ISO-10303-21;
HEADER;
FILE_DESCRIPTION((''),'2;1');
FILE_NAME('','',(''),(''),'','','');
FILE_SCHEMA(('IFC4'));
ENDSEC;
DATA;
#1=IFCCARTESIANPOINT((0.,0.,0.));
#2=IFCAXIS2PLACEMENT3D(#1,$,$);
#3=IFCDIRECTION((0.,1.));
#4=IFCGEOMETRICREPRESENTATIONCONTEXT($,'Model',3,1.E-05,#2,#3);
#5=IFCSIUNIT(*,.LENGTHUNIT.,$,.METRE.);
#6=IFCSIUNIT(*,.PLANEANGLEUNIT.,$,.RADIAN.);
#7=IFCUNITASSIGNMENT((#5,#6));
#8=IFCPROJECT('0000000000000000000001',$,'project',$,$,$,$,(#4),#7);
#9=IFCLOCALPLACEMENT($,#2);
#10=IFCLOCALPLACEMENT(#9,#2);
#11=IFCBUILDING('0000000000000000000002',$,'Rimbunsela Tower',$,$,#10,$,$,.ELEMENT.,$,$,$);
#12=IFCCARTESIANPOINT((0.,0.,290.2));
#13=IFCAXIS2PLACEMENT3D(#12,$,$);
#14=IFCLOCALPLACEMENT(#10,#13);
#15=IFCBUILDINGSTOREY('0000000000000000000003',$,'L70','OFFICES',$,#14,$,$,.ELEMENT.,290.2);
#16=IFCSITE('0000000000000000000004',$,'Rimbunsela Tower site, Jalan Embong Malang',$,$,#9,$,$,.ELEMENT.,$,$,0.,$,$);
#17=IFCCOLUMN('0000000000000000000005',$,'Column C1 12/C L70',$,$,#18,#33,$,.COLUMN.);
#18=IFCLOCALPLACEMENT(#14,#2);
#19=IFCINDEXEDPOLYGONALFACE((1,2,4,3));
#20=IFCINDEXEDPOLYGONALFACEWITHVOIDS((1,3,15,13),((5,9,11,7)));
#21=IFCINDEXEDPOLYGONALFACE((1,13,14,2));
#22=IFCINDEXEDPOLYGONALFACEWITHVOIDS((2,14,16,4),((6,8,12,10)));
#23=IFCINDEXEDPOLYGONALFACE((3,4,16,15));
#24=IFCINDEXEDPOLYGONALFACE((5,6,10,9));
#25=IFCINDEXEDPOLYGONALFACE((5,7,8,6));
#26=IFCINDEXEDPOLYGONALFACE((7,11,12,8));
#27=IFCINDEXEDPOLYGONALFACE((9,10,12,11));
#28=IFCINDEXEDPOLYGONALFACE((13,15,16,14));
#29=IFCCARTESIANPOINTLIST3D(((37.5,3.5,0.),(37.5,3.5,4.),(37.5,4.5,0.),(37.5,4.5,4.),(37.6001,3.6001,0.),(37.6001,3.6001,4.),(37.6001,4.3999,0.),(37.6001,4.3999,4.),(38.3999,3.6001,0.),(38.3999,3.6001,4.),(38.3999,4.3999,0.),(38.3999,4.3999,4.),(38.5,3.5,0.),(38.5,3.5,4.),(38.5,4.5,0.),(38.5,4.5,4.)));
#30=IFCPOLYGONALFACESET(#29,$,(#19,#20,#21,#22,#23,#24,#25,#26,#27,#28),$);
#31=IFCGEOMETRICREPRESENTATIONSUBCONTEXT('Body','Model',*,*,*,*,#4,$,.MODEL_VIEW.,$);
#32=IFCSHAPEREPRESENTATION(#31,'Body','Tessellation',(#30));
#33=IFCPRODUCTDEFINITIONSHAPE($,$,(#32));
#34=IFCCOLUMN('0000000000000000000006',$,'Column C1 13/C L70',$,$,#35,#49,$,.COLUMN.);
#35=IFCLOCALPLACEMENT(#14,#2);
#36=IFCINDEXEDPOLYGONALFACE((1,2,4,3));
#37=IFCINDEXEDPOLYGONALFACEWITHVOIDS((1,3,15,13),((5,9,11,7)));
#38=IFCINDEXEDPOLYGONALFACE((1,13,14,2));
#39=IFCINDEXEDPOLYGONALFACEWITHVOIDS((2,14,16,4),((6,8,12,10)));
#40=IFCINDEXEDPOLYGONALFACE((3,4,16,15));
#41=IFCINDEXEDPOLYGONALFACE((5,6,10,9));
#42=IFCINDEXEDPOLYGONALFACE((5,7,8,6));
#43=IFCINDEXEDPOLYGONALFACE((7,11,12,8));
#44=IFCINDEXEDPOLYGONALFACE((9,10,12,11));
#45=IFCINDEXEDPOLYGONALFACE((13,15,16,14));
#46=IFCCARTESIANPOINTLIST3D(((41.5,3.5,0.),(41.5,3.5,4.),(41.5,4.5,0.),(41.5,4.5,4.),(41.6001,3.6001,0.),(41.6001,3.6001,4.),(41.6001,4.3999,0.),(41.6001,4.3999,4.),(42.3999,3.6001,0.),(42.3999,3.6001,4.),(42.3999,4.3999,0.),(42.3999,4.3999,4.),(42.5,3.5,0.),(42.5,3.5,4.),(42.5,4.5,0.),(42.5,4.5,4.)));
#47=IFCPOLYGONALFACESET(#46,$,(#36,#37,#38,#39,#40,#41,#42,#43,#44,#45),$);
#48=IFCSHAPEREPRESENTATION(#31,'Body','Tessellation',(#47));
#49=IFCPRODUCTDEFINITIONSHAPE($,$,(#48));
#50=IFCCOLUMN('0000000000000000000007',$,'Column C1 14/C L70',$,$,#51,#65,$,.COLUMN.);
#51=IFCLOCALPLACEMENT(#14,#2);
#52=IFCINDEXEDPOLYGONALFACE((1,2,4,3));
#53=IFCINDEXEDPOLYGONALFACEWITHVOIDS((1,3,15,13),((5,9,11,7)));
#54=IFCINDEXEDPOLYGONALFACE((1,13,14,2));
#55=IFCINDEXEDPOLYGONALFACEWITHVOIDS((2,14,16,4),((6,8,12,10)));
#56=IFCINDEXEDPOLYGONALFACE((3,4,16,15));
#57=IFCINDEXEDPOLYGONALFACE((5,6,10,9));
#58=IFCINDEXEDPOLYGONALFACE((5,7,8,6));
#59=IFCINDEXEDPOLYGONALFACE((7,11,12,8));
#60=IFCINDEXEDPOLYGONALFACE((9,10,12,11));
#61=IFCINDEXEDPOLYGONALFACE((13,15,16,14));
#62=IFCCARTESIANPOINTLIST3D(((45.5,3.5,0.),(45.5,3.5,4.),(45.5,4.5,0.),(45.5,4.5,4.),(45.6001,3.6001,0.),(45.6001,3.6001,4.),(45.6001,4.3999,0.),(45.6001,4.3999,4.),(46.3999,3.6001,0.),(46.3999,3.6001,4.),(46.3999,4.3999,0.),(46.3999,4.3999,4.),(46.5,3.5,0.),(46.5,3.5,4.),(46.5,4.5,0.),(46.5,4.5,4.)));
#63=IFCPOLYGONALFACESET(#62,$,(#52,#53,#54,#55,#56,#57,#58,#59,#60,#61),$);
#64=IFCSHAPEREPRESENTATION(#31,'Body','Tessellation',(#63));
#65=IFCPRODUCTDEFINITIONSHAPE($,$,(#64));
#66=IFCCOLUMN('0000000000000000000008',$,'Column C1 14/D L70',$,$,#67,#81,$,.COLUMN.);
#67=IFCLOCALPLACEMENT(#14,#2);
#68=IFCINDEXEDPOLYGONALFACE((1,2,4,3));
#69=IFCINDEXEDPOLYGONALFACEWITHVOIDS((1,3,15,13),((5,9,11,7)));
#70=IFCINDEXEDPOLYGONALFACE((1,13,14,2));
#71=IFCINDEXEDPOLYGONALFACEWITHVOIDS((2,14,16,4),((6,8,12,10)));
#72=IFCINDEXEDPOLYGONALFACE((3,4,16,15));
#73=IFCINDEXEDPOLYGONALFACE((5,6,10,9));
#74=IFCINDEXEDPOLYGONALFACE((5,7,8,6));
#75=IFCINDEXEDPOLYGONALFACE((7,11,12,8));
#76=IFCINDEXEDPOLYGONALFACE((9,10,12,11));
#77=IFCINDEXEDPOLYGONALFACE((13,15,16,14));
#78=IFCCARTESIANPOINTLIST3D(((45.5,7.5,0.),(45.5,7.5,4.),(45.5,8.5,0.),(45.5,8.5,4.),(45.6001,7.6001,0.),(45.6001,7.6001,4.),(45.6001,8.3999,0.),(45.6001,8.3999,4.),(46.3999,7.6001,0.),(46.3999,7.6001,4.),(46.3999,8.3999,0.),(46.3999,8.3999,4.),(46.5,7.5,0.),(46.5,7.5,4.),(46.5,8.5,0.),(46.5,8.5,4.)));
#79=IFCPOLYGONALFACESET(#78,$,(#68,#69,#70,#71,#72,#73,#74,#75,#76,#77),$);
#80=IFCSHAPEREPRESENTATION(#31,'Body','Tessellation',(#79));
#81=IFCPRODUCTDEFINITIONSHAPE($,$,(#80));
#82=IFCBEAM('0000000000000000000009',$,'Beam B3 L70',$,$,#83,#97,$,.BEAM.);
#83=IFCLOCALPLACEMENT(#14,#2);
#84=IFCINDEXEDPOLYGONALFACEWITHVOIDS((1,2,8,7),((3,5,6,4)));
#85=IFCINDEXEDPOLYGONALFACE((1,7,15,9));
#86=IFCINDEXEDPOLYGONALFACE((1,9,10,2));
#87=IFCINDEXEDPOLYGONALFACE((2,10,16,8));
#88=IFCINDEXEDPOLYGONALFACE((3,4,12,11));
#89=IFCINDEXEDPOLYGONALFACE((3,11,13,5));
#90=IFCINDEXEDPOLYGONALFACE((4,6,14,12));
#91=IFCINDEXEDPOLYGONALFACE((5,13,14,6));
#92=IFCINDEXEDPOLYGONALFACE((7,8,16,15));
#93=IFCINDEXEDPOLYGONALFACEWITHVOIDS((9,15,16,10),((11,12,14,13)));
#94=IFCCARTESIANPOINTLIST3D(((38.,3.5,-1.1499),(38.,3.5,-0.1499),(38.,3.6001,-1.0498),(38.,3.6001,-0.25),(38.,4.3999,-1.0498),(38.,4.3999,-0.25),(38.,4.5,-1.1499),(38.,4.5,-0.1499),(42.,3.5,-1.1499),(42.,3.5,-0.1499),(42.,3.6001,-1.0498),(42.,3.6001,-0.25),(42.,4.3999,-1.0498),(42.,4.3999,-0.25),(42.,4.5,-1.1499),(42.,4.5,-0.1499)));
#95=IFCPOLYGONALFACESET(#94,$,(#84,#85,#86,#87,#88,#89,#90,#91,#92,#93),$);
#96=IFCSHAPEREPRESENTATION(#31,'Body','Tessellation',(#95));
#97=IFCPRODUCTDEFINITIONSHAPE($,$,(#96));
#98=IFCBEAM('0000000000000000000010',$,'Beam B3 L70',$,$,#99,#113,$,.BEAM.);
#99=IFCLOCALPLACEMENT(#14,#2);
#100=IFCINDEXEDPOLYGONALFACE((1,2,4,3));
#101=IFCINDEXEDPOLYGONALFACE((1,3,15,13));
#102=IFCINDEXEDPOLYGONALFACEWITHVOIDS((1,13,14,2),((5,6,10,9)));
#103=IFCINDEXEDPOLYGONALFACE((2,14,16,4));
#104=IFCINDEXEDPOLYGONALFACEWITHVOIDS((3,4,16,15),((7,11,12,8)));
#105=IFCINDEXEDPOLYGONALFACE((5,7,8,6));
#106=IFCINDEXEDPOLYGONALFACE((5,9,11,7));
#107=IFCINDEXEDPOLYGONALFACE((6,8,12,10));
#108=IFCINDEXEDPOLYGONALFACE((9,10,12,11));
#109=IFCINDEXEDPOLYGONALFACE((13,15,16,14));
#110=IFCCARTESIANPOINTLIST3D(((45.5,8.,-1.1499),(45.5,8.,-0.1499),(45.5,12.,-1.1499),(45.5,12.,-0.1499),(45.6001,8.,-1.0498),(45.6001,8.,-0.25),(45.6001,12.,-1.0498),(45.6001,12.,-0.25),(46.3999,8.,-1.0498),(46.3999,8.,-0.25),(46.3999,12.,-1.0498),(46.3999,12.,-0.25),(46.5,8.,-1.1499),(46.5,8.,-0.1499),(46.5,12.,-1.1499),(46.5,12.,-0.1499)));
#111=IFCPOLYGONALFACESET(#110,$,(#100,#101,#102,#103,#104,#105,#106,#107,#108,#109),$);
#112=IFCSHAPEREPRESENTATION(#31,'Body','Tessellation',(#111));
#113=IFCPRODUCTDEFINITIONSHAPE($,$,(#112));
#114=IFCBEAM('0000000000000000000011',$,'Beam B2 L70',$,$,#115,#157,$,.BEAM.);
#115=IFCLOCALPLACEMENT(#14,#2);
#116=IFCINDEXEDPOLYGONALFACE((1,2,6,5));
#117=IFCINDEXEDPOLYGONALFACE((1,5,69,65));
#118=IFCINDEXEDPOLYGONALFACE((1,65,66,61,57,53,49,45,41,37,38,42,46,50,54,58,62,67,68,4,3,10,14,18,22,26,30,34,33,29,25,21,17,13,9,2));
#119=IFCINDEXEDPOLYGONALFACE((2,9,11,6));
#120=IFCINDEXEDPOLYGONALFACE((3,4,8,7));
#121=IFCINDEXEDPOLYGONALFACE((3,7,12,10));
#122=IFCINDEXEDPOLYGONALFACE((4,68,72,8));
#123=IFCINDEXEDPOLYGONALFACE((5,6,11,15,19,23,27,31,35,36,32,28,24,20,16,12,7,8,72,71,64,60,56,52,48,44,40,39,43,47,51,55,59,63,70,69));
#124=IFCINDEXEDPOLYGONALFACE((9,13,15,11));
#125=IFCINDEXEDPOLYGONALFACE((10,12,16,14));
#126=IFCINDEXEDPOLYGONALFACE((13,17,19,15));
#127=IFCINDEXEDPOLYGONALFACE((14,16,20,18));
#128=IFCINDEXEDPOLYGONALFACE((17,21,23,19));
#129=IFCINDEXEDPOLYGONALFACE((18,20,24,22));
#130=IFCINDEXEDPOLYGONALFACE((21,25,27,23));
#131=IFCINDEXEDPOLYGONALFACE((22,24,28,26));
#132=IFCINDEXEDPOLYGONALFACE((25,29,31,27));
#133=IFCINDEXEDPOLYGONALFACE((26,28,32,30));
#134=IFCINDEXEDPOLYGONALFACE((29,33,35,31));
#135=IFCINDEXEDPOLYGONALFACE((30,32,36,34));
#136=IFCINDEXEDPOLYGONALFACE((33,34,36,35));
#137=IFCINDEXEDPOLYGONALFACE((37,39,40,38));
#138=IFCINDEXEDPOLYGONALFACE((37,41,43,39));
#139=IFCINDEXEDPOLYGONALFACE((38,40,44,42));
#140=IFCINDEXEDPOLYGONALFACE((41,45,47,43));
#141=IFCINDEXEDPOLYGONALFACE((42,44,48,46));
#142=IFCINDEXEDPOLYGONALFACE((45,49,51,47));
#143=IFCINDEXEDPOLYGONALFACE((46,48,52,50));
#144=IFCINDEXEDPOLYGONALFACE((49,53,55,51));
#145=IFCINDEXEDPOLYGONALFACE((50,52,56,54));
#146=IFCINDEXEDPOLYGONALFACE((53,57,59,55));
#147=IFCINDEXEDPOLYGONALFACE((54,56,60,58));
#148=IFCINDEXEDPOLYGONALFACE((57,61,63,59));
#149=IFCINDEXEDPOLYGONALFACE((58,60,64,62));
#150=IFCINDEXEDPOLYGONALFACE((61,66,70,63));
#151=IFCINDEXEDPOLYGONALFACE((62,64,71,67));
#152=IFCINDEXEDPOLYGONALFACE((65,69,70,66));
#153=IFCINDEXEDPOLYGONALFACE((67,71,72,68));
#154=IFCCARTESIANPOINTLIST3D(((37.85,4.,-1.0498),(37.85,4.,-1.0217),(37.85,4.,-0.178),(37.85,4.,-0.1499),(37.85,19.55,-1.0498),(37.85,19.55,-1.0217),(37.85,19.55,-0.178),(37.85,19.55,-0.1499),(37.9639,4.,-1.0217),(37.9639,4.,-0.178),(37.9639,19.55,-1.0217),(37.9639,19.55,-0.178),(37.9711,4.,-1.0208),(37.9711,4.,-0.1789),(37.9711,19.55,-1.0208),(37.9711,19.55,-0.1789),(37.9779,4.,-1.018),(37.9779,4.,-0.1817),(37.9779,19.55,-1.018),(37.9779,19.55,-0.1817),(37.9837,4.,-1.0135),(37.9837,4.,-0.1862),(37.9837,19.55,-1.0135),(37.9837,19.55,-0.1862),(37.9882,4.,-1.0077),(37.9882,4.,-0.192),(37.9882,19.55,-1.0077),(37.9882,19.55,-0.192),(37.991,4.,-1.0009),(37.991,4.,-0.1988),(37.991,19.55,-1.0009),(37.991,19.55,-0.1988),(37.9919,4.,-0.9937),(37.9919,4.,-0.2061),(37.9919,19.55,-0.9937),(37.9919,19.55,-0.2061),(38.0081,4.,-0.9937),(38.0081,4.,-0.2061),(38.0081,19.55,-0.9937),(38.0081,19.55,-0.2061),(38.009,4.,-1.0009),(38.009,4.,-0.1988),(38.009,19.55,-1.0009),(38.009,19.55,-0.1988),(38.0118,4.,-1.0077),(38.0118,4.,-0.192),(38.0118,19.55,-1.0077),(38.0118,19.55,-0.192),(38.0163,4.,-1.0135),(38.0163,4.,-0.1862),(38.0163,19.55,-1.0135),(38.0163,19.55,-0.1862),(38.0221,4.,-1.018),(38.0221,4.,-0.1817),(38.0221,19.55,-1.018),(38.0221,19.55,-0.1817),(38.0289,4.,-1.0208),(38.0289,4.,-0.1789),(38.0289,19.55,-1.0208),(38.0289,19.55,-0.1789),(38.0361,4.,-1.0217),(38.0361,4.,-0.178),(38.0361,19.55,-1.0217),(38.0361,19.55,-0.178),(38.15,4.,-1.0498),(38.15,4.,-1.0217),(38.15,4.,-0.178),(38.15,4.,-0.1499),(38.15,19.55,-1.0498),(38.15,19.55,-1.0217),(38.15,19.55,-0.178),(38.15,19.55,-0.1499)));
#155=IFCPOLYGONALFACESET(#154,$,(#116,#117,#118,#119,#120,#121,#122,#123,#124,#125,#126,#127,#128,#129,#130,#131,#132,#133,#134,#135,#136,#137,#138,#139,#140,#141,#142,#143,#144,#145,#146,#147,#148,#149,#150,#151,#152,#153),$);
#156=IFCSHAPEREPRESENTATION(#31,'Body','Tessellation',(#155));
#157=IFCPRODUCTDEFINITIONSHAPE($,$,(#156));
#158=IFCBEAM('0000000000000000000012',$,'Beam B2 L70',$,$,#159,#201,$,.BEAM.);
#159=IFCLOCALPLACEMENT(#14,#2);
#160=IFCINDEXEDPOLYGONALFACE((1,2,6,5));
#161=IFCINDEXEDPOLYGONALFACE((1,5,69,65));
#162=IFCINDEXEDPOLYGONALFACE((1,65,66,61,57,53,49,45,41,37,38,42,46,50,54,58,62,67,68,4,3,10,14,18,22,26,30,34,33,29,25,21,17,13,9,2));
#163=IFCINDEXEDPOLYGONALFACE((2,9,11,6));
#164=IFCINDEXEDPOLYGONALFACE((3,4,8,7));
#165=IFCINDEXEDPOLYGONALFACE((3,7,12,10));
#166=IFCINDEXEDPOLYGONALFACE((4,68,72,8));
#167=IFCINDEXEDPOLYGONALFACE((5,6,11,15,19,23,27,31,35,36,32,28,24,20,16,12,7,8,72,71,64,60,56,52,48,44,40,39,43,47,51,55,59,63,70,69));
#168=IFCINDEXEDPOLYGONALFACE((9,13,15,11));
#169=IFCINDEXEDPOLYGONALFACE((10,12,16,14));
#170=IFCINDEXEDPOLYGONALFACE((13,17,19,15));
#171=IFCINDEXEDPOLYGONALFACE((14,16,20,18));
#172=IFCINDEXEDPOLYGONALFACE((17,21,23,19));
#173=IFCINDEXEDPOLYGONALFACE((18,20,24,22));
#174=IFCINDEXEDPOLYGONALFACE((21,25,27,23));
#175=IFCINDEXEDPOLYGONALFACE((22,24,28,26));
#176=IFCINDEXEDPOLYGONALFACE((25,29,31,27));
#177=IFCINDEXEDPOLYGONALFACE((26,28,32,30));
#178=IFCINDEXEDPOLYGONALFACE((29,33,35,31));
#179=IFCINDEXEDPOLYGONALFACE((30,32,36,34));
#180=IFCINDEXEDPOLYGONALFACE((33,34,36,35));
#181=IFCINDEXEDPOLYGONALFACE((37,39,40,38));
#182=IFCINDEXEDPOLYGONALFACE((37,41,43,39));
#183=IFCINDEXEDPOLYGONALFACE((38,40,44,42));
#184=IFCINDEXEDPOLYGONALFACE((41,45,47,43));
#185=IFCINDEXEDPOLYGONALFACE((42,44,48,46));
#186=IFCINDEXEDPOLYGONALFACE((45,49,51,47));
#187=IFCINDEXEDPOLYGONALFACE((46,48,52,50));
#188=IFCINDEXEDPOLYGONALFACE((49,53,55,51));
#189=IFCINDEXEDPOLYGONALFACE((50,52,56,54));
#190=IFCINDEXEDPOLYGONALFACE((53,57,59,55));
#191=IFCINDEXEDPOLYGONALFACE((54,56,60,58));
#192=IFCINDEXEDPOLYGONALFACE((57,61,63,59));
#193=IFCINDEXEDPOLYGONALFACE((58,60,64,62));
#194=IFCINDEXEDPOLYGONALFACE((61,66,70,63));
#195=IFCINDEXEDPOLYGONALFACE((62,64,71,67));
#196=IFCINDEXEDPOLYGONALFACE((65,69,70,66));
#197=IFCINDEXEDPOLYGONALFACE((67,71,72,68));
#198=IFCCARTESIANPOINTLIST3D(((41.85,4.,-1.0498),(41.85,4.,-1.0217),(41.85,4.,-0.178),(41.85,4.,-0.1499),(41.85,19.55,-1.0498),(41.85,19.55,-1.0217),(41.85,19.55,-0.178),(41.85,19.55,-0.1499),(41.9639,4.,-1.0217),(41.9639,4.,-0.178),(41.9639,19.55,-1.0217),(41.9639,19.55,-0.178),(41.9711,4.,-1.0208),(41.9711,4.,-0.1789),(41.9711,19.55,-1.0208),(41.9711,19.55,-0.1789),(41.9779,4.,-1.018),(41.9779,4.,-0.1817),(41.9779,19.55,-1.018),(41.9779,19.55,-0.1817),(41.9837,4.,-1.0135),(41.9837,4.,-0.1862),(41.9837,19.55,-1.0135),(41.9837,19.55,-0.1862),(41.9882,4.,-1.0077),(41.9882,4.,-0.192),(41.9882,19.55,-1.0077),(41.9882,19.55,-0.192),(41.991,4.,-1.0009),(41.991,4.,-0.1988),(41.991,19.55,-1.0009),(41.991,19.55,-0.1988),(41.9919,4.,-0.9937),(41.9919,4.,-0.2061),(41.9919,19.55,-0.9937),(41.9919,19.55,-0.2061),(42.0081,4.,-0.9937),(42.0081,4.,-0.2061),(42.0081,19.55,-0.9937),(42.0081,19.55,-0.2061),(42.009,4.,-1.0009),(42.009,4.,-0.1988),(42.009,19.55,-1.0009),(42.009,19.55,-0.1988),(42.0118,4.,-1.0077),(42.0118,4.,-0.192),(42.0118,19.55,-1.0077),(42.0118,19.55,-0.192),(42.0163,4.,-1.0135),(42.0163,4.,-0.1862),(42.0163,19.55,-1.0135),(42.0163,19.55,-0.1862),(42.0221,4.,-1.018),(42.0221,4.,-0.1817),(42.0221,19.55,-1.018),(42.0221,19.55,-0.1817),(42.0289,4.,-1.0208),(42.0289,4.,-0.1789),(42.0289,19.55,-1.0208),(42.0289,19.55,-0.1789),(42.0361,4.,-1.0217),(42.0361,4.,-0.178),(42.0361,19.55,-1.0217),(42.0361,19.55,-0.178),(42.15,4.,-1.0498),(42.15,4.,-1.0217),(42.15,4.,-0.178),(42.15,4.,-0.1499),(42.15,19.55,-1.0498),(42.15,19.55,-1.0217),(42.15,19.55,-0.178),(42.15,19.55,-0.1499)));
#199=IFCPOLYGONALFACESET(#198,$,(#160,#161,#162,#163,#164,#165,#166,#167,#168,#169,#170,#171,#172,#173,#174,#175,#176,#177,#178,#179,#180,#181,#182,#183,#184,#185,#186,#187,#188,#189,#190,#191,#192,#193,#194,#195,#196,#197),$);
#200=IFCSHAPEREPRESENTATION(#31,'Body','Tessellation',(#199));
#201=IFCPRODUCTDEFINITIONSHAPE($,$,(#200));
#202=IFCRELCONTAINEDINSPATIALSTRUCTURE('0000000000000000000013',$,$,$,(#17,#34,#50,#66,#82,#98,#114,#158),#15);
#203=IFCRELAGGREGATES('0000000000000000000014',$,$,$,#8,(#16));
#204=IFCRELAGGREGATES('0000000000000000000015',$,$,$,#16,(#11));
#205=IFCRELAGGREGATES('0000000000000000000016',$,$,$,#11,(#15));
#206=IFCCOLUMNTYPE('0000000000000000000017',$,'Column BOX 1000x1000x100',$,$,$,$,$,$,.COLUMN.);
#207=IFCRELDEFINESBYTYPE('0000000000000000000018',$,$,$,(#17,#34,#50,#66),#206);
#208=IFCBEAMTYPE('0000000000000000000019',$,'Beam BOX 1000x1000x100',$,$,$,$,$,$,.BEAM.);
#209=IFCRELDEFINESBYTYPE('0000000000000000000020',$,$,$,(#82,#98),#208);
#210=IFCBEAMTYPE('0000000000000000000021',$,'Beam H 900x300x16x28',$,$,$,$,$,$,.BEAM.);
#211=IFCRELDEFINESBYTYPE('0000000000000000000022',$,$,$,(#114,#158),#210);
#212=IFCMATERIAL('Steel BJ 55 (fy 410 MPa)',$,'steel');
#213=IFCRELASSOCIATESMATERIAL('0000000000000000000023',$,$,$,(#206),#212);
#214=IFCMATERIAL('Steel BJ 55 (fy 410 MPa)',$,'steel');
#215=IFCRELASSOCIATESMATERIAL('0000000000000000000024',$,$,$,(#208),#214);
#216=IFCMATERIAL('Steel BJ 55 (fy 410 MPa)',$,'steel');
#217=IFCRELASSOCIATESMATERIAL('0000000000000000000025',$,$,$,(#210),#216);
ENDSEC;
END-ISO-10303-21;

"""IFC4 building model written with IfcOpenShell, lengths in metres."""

from ifc_helpers import new_model, si_unit, direction, frame, origin, origin_2d, place, context, subcontext, project, spatial, hollow_rectangle, i_section, extrude, material, material_profile, profile_set, type_object, element, save


model = new_model("IFC4")

# Units and contexts
model_context = context("Model", 3, precision=1e-05, world=origin(), true_north=direction((0.0, 1.0)))
body_context = subcontext(model_context, "Body", "Model", "MODEL_VIEW")
ifc_project = project(units=[si_unit("LENGTHUNIT", "METRE"), si_unit("PLANEANGLEUNIT", "RADIAN")], contexts=[model_context])

# Site, building, storey
site_placement = place(None, origin())
site = spatial("IfcSite", under=ifc_project, at=site_placement, Name="Rimbunsela Tower site, Jalan Embong Malang", CompositionType="ELEMENT", RefElevation=0.0)
building_placement = place(site_placement, origin())
building = spatial("IfcBuilding", under=site, at=building_placement, Name="Rimbunsela Tower", CompositionType="ELEMENT")
storey_placement = place(building_placement, frame((0.0, 0.0, 290.2)))
storey = spatial("IfcBuildingStorey", under=building, at=storey_placement, Name="L70", Description="OFFICES", CompositionType="ELEMENT", Elevation=290.2)

# Columns
ifc_material_1 = material(Name="Steel BJ 55 (fy 410 MPa)", Category="steel")
ifc_material_profile_1 = material_profile(ifc_material_1, hollow_rectangle(XDim=1.0, YDim=1.0, WallThickness=0.1001, at=origin_2d()), Name="BOX 1000x1000x100")
ifc_profile_set_1 = profile_set([ifc_material_profile_1], Name="Steel BJ 55 (fy 410 MPa)")
column_type = type_object("IfcColumnType", Name="Column BOX 1000x1000x100", PredefinedType="COLUMN", material=ifc_profile_set_1)
for number, where, z_axis, x_axis, name in (
    (1, (38.0, 4.0, 0.0), (0.0, 0.0, 1.0), (1.0, 0.0, 0.0), "Column C1 12/C L70"),
    (2, (42.0, 4.0, 0.0), (0.0, 0.0, 1.0), (1.0, 0.0, 0.0), "Column C1 13/C L70"),
    (3, (46.0, 4.0, 0.0), (0.0, 0.0, 1.0), (1.0, 0.0, 0.0), "Column C1 14/C L70"),
    (4, (46.0, 8.0, 0.0), (0.0, 0.0, 1.0), (1.0, 0.0, 0.0), "Column C1 14/D L70"),
):
    element("IfcColumn", number, at=place(storey_placement, frame(where, z_axis=z_axis, x_axis=x_axis)), inside=storey, type_object=column_type, Name=name, PredefinedType="COLUMN", context=body_context, shape_type="SweptSolid", body=[
        extrude(hollow_rectangle(XDim=1.0, YDim=1.0, WallThickness=0.1001, at=origin_2d()), origin(), (0.0, 0.0, 1.0), 4.0),
    ])

# Beams
ifc_material_2 = material(Name="Steel BJ 55 (fy 410 MPa)", Category="steel")
ifc_material_profile_2 = material_profile(ifc_material_2, hollow_rectangle(XDim=1.0, YDim=1.0, WallThickness=0.1001, at=origin_2d()), Name="BOX 1000x1000x100")
ifc_profile_set_2 = profile_set([ifc_material_profile_2], Name="Steel BJ 55 (fy 410 MPa)")
beam_type_1 = type_object("IfcBeamType", Name="Beam BOX 1000x1000x100", PredefinedType="BEAM", material=ifc_profile_set_2)
for number, where, z_axis, x_axis, name in (
    (5, (38.0, 4.0, -0.6499), (1.0, 0.0, 0.0), (0.0, 1.0, 0.0), "Beam B3 L70"),
    (6, (46.0, 8.0, -0.6499), (0.0, 1.0, 0.0), (-1.0, 0.0, 0.0), "Beam B3 L70"),
):
    element("IfcBeam", number, at=place(storey_placement, frame(where, z_axis=z_axis, x_axis=x_axis)), inside=storey, type_object=beam_type_1, Name=name, PredefinedType="BEAM", context=body_context, shape_type="SweptSolid", body=[
        extrude(hollow_rectangle(XDim=1.0, YDim=1.0, WallThickness=0.1001, at=origin_2d()), origin(), (0.0, 0.0, 1.0), 4.0),
    ])
ifc_material_3 = material(Name="Steel BJ 55 (fy 410 MPa)", Category="steel")
ifc_material_profile_3 = material_profile(ifc_material_3, i_section(OverallWidth=0.3, OverallDepth=0.8999, WebThickness=0.0161, FlangeThickness=0.0281, FilletRadius=0.0281, at=origin_2d()), Name="H 900x300x16x28")
ifc_profile_set_3 = profile_set([ifc_material_profile_3], Name="Steel BJ 55 (fy 410 MPa)")
beam_type_2 = type_object("IfcBeamType", Name="Beam H 900x300x16x28", PredefinedType="BEAM", material=ifc_profile_set_3)
for number, where, z_axis, x_axis, name in (
    (7, (38.0, 4.0, -0.5999), (0.0, 1.0, 0.0), (-1.0, 0.0, 0.0), "Beam B2 L70"),
    (8, (42.0, 4.0, -0.5999), (0.0, 1.0, 0.0), (-1.0, 0.0, 0.0), "Beam B2 L70"),
):
    element("IfcBeam", number, at=place(storey_placement, frame(where, z_axis=z_axis, x_axis=x_axis)), inside=storey, type_object=beam_type_2, Name=name, PredefinedType="BEAM", context=body_context, shape_type="SweptSolid", body=[
        extrude(i_section(OverallWidth=0.3, OverallDepth=0.8999, WebThickness=0.0161, FlangeThickness=0.0281, FilletRadius=0.0281, at=origin_2d()), origin(), (0.0, 0.0, 1.0), 15.55),
    ])

save(model, "model.ifc")
